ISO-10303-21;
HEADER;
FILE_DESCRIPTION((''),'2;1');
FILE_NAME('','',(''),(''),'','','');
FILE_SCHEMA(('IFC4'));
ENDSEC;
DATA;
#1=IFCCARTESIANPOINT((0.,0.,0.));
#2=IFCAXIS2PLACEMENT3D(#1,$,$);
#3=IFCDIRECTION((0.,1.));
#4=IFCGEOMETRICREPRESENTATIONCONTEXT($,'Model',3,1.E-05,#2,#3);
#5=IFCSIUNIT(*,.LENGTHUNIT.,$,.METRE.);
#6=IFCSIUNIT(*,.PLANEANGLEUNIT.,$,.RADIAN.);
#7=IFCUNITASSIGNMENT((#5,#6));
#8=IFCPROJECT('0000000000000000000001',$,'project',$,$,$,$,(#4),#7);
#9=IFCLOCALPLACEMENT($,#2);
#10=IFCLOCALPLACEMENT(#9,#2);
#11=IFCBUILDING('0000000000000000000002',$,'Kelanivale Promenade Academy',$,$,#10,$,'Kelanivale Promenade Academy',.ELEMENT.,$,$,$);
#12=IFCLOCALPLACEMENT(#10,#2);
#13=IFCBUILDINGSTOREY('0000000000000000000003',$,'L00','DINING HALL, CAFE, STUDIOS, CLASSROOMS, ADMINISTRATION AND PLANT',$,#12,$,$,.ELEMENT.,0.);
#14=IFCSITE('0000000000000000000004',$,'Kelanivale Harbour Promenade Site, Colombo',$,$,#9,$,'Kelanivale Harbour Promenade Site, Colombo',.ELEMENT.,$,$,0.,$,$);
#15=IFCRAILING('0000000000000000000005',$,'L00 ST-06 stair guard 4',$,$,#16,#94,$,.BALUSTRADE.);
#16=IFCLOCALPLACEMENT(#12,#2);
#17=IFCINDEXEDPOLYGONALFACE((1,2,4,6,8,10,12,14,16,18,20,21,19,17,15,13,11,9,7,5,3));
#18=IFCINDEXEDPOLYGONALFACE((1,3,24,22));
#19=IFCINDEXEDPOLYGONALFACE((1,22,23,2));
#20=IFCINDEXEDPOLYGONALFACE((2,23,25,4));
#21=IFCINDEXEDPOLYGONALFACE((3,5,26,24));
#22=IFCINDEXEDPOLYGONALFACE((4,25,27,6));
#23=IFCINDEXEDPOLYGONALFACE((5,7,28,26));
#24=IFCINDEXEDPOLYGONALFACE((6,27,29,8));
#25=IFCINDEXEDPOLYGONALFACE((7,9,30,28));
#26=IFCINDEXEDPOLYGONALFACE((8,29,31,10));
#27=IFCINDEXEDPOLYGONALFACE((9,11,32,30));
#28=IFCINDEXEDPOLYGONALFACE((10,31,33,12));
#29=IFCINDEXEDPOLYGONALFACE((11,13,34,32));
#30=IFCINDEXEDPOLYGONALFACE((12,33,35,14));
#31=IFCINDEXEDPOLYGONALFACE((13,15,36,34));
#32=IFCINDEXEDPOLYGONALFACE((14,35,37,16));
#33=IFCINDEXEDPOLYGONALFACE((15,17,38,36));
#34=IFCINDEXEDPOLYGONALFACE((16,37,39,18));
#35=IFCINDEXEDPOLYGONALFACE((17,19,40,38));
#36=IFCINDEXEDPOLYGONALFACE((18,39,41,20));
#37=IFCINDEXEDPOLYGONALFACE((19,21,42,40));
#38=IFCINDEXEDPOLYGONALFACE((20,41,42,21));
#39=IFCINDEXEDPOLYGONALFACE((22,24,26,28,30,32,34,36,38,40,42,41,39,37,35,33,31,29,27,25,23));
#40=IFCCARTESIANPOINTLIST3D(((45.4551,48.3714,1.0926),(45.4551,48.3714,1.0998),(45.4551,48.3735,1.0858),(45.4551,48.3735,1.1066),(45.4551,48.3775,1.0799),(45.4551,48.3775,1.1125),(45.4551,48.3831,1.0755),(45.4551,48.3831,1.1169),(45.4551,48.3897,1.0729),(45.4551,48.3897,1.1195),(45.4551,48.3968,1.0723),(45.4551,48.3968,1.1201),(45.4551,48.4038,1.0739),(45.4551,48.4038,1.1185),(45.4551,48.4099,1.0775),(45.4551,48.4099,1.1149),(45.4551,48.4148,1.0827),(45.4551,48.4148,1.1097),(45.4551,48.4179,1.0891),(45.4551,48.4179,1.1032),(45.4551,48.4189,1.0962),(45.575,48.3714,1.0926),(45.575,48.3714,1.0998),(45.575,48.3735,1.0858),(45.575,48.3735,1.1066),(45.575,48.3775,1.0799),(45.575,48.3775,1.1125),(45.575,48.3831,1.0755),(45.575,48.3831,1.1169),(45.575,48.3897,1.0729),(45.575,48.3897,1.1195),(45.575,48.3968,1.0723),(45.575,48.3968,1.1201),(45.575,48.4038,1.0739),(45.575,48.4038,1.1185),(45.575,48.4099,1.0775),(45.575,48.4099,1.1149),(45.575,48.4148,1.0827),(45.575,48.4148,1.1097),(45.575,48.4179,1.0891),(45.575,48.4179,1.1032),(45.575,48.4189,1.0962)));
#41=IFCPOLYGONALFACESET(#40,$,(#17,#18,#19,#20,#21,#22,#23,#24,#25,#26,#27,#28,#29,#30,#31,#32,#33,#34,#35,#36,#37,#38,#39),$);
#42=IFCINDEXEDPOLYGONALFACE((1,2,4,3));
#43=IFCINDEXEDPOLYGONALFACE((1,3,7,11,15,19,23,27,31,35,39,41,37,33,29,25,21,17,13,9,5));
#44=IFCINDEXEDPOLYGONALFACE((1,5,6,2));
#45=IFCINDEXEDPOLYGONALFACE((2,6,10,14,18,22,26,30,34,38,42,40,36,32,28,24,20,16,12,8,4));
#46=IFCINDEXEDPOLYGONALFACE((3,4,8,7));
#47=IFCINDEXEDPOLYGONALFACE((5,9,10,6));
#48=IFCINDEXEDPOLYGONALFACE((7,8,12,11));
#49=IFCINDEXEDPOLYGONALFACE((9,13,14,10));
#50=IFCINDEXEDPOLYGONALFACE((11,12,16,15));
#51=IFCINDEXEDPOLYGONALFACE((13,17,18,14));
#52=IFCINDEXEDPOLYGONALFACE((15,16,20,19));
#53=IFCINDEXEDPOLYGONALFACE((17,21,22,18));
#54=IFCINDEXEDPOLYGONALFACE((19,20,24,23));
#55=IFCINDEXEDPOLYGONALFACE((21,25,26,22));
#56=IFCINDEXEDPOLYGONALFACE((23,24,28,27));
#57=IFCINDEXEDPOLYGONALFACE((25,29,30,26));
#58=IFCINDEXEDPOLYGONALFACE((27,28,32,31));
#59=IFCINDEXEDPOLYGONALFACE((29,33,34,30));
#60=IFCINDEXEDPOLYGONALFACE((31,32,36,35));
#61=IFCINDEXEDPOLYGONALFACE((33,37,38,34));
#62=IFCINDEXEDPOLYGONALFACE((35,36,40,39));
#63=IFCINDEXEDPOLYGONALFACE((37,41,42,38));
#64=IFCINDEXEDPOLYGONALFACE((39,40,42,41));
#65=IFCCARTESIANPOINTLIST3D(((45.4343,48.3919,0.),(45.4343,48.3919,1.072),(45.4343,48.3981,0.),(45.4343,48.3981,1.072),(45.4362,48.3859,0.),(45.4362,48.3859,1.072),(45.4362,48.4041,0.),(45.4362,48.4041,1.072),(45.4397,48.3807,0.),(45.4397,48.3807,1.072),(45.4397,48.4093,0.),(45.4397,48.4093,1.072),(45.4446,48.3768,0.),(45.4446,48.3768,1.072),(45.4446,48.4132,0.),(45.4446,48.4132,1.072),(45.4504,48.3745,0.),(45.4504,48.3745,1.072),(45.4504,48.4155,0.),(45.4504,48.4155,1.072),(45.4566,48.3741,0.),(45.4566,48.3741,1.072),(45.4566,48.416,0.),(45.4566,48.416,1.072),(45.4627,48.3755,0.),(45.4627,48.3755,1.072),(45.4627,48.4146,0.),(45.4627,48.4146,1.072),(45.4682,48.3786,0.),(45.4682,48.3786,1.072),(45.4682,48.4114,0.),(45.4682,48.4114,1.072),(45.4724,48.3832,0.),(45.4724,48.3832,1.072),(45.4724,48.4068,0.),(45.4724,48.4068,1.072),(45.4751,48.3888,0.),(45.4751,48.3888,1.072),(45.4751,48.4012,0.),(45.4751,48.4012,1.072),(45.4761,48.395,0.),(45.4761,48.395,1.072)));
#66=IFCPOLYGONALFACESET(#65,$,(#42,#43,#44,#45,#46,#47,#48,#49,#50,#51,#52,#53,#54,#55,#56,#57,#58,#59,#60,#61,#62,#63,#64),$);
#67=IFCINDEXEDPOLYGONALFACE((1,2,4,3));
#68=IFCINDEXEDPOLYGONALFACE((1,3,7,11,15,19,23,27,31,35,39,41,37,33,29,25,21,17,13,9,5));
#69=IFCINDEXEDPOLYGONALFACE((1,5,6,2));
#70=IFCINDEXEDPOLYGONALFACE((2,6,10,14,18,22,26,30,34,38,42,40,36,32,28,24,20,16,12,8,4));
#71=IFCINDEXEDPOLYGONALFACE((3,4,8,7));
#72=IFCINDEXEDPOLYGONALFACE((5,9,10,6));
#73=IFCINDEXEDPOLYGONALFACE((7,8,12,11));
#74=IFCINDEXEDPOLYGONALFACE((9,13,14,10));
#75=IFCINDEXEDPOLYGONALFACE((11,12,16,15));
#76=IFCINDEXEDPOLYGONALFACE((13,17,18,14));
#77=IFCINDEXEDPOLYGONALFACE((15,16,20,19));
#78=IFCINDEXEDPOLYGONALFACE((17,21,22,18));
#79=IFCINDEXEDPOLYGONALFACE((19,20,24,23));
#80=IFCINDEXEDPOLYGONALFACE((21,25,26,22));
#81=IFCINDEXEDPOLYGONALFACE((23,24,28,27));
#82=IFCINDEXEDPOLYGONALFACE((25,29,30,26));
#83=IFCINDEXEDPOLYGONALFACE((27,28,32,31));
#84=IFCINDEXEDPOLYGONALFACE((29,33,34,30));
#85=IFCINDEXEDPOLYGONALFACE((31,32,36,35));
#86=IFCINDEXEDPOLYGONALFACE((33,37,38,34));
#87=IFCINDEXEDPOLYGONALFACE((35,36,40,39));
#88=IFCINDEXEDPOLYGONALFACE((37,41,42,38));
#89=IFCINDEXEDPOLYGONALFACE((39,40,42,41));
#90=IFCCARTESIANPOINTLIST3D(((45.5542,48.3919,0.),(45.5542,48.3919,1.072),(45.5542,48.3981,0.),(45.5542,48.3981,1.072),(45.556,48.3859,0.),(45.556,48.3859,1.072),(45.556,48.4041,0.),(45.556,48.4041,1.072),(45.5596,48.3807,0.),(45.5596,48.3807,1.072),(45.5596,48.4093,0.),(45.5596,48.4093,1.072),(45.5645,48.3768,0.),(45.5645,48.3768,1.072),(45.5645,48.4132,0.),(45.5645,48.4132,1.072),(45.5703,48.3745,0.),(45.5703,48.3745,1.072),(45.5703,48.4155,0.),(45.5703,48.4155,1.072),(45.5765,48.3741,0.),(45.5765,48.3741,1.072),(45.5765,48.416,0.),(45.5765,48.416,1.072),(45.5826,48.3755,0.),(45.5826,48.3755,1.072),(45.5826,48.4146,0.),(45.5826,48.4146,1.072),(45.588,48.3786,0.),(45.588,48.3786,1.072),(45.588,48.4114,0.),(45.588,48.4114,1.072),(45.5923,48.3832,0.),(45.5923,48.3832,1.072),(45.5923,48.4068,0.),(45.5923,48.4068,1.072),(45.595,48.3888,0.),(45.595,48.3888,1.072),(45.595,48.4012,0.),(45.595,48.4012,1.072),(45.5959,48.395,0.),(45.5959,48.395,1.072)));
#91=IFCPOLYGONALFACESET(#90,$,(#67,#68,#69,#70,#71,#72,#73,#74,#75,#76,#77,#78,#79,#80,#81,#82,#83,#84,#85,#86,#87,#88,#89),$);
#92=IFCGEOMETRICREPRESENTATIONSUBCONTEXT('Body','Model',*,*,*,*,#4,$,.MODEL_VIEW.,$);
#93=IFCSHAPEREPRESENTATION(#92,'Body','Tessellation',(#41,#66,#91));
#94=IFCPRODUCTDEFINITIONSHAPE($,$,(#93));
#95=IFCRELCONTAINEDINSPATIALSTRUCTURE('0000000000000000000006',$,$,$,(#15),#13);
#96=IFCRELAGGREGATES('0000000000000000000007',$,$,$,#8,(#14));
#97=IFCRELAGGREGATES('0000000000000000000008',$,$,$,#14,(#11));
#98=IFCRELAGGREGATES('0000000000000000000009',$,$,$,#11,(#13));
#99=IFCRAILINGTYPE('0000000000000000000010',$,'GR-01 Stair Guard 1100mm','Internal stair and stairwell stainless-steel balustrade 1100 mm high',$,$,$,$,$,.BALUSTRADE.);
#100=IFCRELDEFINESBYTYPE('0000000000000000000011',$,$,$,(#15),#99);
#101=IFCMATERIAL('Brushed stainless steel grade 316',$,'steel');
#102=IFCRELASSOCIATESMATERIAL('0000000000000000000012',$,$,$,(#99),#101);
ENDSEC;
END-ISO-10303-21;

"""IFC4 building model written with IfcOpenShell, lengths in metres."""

from ifc_helpers import new_model, si_unit, direction, frame, origin, origin_2d, place, context, subcontext, project, spatial, circle, extrude, material, type_object, element, save


model = new_model("IFC4")

# Units and contexts
model_context = context("Model", 3, precision=1e-05, world=origin(), true_north=direction((0.0, 1.0)))
body_context = subcontext(model_context, "Body", "Model", "MODEL_VIEW")
ifc_project = project(units=[si_unit("LENGTHUNIT", "METRE"), si_unit("PLANEANGLEUNIT", "RADIAN")], contexts=[model_context])

# Site, building, storey
site_placement = place(None, origin())
site = spatial("IfcSite", under=ifc_project, at=site_placement, Name="Kelanivale Harbour Promenade Site, Colombo", LongName="Kelanivale Harbour Promenade Site, Colombo", CompositionType="ELEMENT", RefElevation=0.0)
building_placement = place(site_placement, origin())
building = spatial("IfcBuilding", under=site, at=building_placement, Name="Kelanivale Promenade Academy", LongName="Kelanivale Promenade Academy", CompositionType="ELEMENT")
storey_placement = place(building_placement, origin())
storey = spatial("IfcBuildingStorey", under=building, at=storey_placement, Name="L00", Description="DINING HALL, CAFE, STUDIOS, CLASSROOMS, ADMINISTRATION AND PLANT", CompositionType="ELEMENT", Elevation=0.0)

# Railing
ifc_material_1 = material(Name="Brushed stainless steel grade 316", Category="steel")
railing_type_1 = type_object("IfcRailingType", Name="GR-01 Stair Guard 1100mm", Description="Internal stair and stairwell stainless-steel balustrade 1100 mm high", PredefinedType="BALUSTRADE", material=ifc_material_1)
railing_1_placement = place(storey_placement, frame((45.4551, 48.395, 0.0)))
element("IfcRailing", 1, at=railing_1_placement, inside=storey, type_object=railing_type_1, Name="L00 ST-06 stair guard 4", PredefinedType="BALUSTRADE", context=body_context, shape_type="SweptSolid", body=[
    extrude(circle(Radius=0.0239, at=origin_2d()), frame((0.0, 0.0, 1.0962), z_axis=(1.0, 0.0, 0.0), x_axis=(0.0, 1.0, 0.0)), (0.0, 0.0, 1.0), 0.1199),
    extrude(circle(Radius=0.021, at=origin_2d()), origin(), (0.0, 0.0, 1.0), 1.072),
    extrude(circle(Radius=0.021, at=origin_2d()), frame((0.1199, 0.0, 0.0)), (0.0, 0.0, 1.0), 1.072),
])

save(model, "model.ifc")
